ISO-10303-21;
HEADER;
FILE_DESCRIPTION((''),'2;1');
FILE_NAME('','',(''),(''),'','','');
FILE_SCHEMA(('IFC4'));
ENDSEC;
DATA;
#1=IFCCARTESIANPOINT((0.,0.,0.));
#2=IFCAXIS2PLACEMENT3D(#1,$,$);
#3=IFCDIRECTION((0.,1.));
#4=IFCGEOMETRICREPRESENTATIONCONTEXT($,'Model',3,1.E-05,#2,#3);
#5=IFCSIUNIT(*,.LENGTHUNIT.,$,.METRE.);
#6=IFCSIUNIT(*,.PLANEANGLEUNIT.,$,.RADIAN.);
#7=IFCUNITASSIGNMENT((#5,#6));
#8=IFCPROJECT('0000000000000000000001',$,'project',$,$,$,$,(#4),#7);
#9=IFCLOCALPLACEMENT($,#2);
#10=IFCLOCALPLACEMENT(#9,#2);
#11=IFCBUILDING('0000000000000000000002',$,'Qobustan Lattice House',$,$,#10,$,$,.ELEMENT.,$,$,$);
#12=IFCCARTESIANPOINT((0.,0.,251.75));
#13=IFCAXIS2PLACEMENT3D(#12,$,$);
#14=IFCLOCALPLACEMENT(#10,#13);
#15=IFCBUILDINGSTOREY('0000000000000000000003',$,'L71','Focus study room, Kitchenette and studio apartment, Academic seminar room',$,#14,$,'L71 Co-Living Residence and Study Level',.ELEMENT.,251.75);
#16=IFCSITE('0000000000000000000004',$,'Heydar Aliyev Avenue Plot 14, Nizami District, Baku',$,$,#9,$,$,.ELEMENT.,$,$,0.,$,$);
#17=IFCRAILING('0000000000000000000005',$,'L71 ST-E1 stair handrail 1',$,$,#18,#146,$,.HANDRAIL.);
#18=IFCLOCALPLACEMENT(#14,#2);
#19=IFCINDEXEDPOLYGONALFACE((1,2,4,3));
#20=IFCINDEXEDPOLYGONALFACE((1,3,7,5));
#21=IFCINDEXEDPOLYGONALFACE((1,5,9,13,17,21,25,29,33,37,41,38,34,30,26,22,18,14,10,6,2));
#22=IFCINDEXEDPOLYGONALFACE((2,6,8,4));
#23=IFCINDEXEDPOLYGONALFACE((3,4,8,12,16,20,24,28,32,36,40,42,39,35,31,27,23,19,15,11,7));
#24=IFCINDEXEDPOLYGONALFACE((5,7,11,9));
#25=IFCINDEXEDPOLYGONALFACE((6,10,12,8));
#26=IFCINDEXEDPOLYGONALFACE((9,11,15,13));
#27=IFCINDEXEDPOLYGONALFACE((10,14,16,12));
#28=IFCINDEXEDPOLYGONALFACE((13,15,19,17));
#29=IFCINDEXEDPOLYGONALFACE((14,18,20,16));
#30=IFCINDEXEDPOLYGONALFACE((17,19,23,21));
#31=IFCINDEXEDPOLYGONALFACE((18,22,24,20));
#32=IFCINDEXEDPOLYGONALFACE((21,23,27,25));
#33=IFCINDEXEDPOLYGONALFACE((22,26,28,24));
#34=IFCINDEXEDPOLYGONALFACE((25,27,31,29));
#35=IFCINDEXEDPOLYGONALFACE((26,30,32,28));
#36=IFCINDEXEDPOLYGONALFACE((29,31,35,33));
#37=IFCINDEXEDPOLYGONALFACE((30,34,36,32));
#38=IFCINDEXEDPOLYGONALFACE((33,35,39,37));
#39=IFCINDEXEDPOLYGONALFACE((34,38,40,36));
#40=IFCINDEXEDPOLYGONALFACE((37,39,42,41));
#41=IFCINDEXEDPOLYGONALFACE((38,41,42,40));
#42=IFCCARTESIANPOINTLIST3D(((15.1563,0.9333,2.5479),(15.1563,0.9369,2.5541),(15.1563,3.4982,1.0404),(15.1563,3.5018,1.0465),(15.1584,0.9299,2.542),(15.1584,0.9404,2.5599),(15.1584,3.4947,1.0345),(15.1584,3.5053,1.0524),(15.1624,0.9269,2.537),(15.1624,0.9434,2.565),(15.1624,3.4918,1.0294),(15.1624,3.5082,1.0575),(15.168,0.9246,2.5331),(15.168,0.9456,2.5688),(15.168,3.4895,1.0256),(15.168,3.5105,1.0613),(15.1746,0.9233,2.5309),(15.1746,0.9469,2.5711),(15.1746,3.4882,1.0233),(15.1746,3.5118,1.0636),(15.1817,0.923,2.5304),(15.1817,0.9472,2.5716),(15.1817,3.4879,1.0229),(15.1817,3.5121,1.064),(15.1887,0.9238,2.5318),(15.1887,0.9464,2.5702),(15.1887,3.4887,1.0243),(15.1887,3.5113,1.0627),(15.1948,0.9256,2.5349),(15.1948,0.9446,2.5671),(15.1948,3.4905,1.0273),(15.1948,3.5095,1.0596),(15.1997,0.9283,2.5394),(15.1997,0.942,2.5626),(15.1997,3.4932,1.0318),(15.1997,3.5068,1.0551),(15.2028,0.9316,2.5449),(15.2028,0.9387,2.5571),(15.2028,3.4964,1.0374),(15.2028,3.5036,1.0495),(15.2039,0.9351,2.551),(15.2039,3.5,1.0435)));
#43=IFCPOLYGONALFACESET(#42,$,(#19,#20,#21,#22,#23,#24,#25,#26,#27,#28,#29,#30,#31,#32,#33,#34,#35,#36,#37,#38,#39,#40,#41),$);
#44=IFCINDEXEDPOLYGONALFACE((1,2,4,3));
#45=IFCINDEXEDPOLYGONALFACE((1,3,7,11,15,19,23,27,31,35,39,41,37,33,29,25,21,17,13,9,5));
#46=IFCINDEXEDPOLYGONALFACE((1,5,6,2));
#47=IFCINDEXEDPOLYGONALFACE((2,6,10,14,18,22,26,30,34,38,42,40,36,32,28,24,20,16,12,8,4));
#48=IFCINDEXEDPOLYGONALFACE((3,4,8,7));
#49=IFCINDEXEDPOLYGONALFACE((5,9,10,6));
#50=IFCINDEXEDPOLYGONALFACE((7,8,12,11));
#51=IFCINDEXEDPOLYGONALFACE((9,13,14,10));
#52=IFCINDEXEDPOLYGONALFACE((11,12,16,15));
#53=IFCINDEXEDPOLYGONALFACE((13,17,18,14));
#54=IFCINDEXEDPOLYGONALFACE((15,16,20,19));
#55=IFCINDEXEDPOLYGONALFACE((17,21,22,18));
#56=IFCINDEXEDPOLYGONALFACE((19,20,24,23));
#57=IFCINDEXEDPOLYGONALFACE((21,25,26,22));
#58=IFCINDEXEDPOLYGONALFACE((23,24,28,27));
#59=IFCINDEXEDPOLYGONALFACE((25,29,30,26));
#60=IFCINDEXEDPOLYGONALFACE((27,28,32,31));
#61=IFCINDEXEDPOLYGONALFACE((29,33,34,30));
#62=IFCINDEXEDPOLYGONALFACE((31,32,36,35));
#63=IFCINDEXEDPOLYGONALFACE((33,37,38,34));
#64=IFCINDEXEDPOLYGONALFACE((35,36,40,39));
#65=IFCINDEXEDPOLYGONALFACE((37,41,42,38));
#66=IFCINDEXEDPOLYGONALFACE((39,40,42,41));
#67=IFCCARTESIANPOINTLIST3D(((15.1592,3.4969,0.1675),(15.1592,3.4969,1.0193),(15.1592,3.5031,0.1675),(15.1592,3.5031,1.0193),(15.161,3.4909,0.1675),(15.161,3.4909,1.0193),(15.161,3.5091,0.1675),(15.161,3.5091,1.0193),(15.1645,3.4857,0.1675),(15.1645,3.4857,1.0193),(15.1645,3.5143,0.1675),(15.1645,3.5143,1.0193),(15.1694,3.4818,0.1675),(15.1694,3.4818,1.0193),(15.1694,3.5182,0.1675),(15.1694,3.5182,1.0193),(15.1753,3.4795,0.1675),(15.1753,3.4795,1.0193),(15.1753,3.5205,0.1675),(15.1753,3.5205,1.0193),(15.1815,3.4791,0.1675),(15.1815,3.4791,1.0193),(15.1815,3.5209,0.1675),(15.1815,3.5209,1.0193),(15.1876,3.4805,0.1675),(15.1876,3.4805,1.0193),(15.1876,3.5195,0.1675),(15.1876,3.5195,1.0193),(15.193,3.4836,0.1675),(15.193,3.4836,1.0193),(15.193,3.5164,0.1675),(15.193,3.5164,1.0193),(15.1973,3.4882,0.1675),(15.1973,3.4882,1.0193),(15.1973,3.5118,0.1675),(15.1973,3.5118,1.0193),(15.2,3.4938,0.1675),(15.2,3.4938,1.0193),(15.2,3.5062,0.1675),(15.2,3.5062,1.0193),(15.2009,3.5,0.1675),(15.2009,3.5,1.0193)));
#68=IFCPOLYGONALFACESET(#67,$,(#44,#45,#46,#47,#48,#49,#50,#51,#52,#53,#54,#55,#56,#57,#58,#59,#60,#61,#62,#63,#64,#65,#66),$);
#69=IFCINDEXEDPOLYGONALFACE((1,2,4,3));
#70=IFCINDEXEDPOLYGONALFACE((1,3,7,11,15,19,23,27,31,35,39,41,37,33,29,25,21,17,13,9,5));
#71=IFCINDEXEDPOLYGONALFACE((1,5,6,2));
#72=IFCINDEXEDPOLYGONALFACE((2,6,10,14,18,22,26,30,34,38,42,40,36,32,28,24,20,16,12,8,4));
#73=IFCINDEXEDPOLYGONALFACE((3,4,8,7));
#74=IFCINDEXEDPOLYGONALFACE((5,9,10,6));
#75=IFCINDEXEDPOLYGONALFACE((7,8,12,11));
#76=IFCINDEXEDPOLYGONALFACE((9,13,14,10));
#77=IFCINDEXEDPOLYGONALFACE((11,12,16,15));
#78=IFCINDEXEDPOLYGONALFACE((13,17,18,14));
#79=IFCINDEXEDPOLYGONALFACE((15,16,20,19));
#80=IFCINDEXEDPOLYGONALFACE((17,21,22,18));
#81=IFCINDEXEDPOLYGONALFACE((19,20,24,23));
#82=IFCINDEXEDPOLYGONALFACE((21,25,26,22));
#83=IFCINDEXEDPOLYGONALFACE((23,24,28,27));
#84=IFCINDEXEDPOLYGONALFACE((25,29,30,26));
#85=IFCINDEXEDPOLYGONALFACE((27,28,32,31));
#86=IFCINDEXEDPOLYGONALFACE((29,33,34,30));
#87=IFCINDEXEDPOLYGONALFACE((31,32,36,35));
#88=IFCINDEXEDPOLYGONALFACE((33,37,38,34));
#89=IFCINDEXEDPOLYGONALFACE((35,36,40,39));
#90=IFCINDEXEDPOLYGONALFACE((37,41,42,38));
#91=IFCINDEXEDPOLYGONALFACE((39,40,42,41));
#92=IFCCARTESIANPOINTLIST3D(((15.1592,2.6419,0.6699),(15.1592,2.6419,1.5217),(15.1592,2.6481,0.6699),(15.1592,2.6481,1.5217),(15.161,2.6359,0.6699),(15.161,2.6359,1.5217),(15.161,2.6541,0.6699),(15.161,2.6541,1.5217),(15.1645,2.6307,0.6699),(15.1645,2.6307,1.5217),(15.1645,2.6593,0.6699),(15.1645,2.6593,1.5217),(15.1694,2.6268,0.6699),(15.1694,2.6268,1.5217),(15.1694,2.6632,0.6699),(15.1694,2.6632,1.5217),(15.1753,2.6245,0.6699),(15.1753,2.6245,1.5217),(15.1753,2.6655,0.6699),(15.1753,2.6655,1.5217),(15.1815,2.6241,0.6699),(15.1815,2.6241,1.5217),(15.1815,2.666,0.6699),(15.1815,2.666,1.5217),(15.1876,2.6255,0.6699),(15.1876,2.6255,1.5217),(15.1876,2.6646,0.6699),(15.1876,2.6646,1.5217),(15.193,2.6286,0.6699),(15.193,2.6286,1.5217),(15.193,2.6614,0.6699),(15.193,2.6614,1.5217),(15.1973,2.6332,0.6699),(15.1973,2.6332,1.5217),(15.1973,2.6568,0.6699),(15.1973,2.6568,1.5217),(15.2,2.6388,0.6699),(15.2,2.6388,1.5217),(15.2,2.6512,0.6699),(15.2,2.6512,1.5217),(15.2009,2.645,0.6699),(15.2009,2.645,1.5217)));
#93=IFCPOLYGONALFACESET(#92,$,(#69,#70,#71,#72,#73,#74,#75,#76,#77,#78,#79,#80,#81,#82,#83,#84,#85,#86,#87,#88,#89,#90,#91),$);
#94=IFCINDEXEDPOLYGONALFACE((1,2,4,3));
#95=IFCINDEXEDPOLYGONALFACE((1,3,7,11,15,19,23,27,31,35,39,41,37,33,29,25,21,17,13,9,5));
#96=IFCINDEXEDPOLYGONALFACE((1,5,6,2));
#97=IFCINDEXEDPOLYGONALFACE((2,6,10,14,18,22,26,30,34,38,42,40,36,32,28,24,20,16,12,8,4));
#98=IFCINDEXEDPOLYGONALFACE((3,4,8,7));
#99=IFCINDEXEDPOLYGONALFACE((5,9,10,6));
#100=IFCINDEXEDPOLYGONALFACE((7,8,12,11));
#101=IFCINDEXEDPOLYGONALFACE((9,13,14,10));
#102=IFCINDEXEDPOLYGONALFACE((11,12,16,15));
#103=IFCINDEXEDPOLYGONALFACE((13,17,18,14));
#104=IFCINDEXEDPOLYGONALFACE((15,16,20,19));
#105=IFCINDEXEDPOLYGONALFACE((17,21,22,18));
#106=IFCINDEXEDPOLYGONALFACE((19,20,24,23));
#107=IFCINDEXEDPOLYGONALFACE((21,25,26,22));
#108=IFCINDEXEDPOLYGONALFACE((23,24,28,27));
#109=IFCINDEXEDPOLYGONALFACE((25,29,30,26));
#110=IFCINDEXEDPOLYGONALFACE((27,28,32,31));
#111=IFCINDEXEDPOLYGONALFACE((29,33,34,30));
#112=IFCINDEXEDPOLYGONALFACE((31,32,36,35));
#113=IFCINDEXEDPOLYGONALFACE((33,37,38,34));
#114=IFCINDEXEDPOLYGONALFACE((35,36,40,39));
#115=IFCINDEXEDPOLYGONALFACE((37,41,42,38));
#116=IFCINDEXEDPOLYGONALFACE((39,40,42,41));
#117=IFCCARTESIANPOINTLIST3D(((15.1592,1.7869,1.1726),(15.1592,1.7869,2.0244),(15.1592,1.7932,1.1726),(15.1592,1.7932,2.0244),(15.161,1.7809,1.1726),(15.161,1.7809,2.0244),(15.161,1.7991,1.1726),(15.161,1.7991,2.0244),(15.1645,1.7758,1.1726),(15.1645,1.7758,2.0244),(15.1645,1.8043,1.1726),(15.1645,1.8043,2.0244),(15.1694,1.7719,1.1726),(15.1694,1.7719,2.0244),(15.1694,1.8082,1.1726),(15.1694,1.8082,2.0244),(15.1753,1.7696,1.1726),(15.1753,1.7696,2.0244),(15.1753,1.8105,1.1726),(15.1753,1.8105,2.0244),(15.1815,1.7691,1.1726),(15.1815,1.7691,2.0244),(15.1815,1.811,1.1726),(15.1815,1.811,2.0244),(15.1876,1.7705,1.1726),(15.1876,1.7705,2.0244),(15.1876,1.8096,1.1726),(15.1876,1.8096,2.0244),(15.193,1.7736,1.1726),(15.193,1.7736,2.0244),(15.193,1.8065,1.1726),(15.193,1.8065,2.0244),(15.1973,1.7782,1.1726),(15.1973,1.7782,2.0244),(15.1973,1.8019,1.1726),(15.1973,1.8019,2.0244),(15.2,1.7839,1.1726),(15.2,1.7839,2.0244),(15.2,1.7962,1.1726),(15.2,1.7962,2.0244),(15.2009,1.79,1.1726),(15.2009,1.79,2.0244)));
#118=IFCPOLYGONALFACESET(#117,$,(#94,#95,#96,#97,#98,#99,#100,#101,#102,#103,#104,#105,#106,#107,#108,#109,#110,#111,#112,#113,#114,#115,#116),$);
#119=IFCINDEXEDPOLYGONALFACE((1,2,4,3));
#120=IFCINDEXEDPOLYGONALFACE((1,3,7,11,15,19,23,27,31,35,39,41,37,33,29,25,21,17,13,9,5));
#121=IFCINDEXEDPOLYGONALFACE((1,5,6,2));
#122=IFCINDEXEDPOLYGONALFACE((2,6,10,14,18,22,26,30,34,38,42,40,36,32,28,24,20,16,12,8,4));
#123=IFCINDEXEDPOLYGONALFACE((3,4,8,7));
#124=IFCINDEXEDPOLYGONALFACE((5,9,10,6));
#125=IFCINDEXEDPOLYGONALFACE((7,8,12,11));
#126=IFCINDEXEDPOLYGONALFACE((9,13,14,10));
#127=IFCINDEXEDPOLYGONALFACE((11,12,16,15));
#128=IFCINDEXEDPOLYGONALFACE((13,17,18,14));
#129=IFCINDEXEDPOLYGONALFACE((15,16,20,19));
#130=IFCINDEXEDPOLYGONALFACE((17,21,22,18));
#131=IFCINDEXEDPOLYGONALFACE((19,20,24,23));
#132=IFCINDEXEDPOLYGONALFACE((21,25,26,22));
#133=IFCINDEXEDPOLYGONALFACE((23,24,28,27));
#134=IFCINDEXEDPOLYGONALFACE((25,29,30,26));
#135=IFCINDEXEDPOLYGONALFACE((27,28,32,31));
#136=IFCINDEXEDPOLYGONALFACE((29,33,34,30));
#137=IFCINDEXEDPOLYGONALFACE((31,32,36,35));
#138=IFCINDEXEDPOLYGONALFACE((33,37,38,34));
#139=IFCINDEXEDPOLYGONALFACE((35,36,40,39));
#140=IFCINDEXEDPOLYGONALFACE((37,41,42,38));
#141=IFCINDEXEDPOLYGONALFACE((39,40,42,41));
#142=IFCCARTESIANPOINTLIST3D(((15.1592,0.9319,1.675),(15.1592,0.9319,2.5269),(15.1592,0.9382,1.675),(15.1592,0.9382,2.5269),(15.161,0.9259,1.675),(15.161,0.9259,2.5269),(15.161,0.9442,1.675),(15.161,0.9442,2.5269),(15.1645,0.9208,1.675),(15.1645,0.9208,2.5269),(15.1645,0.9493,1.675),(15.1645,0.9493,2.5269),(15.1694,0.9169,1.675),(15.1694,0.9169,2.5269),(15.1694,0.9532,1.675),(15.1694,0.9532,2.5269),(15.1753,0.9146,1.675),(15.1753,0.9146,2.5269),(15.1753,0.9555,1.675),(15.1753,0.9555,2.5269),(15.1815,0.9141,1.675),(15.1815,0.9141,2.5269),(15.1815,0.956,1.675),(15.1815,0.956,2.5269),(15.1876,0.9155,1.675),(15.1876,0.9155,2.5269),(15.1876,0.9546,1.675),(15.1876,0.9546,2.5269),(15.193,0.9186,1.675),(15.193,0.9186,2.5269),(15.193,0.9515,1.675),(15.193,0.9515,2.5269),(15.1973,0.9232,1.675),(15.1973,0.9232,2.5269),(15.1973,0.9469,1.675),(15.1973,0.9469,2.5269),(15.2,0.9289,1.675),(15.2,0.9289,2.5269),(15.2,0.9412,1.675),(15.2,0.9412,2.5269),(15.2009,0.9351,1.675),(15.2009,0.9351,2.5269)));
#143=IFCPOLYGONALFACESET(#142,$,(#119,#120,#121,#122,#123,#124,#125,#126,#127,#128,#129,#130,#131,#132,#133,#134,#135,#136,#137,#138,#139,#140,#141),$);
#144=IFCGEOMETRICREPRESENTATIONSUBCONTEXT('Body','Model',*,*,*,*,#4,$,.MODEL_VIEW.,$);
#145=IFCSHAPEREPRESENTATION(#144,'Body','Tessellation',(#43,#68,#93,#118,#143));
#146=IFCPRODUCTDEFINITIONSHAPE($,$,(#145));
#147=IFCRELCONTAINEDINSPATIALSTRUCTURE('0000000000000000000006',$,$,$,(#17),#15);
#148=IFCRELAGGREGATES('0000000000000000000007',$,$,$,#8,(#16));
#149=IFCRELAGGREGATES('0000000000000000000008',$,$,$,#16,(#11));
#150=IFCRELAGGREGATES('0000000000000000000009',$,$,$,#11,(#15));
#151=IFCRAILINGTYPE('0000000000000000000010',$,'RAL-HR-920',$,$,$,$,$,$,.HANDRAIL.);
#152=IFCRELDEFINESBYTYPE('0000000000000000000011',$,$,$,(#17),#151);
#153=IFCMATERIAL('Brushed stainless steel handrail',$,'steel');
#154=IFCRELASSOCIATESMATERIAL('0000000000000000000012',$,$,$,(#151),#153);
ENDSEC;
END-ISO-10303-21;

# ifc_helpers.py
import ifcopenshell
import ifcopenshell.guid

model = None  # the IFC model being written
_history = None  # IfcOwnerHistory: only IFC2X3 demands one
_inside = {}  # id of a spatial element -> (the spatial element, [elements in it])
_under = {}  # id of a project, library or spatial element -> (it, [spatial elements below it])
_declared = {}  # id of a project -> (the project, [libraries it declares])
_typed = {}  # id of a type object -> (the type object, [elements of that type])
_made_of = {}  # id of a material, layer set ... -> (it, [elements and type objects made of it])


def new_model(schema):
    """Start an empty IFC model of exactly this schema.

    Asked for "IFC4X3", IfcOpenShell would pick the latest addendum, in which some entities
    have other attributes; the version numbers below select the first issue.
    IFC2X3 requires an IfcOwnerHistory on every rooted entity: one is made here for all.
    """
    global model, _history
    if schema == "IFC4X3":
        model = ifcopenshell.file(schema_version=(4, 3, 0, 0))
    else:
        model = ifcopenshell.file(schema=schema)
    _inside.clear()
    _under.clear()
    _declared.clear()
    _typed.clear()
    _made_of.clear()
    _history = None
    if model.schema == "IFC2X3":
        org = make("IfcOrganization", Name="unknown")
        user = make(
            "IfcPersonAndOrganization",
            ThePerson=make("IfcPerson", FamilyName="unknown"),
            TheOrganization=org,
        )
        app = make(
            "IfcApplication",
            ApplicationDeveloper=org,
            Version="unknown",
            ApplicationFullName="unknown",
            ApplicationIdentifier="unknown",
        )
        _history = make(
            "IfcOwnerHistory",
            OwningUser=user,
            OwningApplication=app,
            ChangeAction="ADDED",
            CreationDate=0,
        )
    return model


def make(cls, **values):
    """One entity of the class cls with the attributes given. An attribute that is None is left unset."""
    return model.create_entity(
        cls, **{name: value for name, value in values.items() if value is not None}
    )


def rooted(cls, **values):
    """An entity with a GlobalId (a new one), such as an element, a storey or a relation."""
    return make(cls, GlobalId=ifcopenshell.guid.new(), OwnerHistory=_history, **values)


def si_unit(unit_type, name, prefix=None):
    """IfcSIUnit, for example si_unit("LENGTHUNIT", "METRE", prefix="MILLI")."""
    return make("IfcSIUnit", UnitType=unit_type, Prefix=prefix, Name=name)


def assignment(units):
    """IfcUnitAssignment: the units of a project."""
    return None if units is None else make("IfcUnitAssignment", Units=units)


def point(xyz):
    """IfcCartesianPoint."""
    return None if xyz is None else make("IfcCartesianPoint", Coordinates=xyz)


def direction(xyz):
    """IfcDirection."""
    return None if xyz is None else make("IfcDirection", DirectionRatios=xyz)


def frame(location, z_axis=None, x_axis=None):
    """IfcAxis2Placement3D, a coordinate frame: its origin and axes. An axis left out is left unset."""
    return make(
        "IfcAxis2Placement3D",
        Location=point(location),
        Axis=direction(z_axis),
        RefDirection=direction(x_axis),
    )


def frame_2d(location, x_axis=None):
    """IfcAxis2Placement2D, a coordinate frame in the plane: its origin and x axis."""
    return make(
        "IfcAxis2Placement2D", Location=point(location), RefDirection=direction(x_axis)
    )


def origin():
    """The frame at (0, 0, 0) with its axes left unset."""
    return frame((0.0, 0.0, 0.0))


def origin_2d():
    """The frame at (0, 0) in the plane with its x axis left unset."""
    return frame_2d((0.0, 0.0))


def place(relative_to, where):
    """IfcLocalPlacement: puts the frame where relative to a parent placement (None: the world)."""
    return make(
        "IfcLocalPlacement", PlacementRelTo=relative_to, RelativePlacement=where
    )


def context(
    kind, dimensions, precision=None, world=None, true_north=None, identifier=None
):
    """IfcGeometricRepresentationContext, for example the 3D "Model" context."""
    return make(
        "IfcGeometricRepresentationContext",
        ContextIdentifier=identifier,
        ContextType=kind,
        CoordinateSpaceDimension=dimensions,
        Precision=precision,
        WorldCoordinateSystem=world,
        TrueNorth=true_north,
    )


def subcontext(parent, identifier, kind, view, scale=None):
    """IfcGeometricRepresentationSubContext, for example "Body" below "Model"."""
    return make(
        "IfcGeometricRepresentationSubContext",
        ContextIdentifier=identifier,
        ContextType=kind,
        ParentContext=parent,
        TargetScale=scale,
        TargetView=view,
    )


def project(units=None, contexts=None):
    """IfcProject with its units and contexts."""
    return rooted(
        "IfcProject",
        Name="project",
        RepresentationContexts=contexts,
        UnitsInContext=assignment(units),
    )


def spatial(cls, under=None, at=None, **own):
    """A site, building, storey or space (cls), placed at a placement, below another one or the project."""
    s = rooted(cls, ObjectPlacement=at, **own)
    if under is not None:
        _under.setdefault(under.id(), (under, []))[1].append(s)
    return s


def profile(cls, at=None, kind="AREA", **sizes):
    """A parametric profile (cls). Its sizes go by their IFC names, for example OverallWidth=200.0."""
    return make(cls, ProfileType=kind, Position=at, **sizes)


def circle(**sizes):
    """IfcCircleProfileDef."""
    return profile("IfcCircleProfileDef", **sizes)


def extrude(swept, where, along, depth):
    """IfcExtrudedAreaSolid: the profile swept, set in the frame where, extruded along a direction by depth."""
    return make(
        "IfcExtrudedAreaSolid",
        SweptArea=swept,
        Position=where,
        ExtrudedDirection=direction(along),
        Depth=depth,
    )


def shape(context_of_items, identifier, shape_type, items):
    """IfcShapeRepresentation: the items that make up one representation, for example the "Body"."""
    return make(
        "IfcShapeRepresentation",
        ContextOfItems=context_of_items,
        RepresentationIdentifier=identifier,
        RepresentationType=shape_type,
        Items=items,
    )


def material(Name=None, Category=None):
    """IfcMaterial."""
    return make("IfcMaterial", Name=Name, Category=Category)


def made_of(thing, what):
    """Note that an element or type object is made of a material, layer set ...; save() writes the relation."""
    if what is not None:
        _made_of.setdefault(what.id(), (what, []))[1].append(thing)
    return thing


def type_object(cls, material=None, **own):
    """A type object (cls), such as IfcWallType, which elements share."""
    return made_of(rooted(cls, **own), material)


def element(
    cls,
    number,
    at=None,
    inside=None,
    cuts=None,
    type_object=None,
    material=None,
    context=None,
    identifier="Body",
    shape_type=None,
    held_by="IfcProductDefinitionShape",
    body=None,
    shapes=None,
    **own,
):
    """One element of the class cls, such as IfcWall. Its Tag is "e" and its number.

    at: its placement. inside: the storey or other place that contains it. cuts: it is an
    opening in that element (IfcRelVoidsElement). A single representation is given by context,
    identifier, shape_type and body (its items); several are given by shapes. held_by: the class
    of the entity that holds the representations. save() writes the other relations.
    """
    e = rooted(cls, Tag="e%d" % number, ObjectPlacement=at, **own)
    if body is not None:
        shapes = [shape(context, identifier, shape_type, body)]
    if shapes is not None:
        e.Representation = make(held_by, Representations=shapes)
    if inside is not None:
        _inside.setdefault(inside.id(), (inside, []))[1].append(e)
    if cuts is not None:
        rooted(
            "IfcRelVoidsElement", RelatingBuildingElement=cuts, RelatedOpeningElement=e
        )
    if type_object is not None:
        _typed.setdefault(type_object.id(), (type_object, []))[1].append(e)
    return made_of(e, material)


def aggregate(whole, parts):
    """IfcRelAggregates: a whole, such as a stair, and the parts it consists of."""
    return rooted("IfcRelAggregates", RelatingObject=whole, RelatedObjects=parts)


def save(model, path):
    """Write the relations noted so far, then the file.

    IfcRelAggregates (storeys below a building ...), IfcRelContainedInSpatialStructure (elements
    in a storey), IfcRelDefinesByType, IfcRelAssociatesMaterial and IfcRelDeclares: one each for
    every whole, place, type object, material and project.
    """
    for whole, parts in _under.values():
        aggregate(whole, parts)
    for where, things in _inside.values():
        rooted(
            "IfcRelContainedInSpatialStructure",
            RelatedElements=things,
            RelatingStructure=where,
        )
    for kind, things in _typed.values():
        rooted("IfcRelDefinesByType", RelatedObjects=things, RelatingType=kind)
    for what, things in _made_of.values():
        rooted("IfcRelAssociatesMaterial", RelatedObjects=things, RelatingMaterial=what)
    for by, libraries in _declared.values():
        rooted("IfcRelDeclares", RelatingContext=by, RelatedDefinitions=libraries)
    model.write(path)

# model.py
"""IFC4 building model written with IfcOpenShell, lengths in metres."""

from ifc_helpers import new_model, si_unit, direction, frame, origin, origin_2d, place, context, subcontext, project, spatial, circle, extrude, material, type_object, element, save


model = new_model("IFC4")

# Units and contexts
model_context = context("Model", 3, precision=1e-05, world=origin(), true_north=direction((0.0, 1.0)))
body_context = subcontext(model_context, "Body", "Model", "MODEL_VIEW")
ifc_project = project(units=[si_unit("LENGTHUNIT", "METRE"), si_unit("PLANEANGLEUNIT", "RADIAN")], contexts=[model_context])

# Site, building, storey
site_placement = place(None, origin())
site = spatial("IfcSite", under=ifc_project, at=site_placement, Name="Heydar Aliyev Avenue Plot 14, Nizami District, Baku", CompositionType="ELEMENT", RefElevation=0.0)
building_placement = place(site_placement, origin())
building = spatial("IfcBuilding", under=site, at=building_placement, Name="Qobustan Lattice House", CompositionType="ELEMENT")
storey_placement = place(building_placement, frame((0.0, 0.0, 251.75)))
storey = spatial("IfcBuildingStorey", under=building, at=storey_placement, Name="L71", Description="Focus study room, Kitchenette and studio apartment, Academic seminar room", LongName="L71 Co-Living Residence and Study Level", CompositionType="ELEMENT", Elevation=251.75)

# Railing
ifc_material_1 = material(Name="Brushed stainless steel handrail", Category="steel")
railing_type = type_object("IfcRailingType", Name="RAL-HR-920", PredefinedType="HANDRAIL", material=ifc_material_1)
railing_placement = place(storey_placement, frame((15.1799, 3.5, 0.1675)))
element("IfcRailing", 1, at=railing_placement, inside=storey, type_object=railing_type, Name="L71 ST-E1 stair handrail 1", PredefinedType="HANDRAIL", context=body_context, shape_type="SweptSolid", body=[
    extrude(circle(Radius=0.0239, at=origin_2d()), frame((0.0, 0.0, 0.876), z_axis=(0.0, -0.862113, 0.506715), x_axis=(1.0, 0.0, 0.0)), (0.0, 0.0, 1.0), 2.9751),
    extrude(circle(Radius=0.021, at=origin_2d()), origin(), (0.0, 0.0, 1.0), 0.8518),
    extrude(circle(Radius=0.021, at=origin_2d()), frame((0.0, -0.855, 0.5024)), (0.0, 0.0, 1.0), 0.8518),
    extrude(circle(Radius=0.021, at=origin_2d()), frame((0.0, -1.71, 1.0051)), (0.0, 0.0, 1.0), 0.8518),
    extrude(circle(Radius=0.021, at=origin_2d()), frame((0.0, -2.5649, 1.5076)), (0.0, 0.0, 1.0), 0.8518),
])

save(model, "model.ifc")
